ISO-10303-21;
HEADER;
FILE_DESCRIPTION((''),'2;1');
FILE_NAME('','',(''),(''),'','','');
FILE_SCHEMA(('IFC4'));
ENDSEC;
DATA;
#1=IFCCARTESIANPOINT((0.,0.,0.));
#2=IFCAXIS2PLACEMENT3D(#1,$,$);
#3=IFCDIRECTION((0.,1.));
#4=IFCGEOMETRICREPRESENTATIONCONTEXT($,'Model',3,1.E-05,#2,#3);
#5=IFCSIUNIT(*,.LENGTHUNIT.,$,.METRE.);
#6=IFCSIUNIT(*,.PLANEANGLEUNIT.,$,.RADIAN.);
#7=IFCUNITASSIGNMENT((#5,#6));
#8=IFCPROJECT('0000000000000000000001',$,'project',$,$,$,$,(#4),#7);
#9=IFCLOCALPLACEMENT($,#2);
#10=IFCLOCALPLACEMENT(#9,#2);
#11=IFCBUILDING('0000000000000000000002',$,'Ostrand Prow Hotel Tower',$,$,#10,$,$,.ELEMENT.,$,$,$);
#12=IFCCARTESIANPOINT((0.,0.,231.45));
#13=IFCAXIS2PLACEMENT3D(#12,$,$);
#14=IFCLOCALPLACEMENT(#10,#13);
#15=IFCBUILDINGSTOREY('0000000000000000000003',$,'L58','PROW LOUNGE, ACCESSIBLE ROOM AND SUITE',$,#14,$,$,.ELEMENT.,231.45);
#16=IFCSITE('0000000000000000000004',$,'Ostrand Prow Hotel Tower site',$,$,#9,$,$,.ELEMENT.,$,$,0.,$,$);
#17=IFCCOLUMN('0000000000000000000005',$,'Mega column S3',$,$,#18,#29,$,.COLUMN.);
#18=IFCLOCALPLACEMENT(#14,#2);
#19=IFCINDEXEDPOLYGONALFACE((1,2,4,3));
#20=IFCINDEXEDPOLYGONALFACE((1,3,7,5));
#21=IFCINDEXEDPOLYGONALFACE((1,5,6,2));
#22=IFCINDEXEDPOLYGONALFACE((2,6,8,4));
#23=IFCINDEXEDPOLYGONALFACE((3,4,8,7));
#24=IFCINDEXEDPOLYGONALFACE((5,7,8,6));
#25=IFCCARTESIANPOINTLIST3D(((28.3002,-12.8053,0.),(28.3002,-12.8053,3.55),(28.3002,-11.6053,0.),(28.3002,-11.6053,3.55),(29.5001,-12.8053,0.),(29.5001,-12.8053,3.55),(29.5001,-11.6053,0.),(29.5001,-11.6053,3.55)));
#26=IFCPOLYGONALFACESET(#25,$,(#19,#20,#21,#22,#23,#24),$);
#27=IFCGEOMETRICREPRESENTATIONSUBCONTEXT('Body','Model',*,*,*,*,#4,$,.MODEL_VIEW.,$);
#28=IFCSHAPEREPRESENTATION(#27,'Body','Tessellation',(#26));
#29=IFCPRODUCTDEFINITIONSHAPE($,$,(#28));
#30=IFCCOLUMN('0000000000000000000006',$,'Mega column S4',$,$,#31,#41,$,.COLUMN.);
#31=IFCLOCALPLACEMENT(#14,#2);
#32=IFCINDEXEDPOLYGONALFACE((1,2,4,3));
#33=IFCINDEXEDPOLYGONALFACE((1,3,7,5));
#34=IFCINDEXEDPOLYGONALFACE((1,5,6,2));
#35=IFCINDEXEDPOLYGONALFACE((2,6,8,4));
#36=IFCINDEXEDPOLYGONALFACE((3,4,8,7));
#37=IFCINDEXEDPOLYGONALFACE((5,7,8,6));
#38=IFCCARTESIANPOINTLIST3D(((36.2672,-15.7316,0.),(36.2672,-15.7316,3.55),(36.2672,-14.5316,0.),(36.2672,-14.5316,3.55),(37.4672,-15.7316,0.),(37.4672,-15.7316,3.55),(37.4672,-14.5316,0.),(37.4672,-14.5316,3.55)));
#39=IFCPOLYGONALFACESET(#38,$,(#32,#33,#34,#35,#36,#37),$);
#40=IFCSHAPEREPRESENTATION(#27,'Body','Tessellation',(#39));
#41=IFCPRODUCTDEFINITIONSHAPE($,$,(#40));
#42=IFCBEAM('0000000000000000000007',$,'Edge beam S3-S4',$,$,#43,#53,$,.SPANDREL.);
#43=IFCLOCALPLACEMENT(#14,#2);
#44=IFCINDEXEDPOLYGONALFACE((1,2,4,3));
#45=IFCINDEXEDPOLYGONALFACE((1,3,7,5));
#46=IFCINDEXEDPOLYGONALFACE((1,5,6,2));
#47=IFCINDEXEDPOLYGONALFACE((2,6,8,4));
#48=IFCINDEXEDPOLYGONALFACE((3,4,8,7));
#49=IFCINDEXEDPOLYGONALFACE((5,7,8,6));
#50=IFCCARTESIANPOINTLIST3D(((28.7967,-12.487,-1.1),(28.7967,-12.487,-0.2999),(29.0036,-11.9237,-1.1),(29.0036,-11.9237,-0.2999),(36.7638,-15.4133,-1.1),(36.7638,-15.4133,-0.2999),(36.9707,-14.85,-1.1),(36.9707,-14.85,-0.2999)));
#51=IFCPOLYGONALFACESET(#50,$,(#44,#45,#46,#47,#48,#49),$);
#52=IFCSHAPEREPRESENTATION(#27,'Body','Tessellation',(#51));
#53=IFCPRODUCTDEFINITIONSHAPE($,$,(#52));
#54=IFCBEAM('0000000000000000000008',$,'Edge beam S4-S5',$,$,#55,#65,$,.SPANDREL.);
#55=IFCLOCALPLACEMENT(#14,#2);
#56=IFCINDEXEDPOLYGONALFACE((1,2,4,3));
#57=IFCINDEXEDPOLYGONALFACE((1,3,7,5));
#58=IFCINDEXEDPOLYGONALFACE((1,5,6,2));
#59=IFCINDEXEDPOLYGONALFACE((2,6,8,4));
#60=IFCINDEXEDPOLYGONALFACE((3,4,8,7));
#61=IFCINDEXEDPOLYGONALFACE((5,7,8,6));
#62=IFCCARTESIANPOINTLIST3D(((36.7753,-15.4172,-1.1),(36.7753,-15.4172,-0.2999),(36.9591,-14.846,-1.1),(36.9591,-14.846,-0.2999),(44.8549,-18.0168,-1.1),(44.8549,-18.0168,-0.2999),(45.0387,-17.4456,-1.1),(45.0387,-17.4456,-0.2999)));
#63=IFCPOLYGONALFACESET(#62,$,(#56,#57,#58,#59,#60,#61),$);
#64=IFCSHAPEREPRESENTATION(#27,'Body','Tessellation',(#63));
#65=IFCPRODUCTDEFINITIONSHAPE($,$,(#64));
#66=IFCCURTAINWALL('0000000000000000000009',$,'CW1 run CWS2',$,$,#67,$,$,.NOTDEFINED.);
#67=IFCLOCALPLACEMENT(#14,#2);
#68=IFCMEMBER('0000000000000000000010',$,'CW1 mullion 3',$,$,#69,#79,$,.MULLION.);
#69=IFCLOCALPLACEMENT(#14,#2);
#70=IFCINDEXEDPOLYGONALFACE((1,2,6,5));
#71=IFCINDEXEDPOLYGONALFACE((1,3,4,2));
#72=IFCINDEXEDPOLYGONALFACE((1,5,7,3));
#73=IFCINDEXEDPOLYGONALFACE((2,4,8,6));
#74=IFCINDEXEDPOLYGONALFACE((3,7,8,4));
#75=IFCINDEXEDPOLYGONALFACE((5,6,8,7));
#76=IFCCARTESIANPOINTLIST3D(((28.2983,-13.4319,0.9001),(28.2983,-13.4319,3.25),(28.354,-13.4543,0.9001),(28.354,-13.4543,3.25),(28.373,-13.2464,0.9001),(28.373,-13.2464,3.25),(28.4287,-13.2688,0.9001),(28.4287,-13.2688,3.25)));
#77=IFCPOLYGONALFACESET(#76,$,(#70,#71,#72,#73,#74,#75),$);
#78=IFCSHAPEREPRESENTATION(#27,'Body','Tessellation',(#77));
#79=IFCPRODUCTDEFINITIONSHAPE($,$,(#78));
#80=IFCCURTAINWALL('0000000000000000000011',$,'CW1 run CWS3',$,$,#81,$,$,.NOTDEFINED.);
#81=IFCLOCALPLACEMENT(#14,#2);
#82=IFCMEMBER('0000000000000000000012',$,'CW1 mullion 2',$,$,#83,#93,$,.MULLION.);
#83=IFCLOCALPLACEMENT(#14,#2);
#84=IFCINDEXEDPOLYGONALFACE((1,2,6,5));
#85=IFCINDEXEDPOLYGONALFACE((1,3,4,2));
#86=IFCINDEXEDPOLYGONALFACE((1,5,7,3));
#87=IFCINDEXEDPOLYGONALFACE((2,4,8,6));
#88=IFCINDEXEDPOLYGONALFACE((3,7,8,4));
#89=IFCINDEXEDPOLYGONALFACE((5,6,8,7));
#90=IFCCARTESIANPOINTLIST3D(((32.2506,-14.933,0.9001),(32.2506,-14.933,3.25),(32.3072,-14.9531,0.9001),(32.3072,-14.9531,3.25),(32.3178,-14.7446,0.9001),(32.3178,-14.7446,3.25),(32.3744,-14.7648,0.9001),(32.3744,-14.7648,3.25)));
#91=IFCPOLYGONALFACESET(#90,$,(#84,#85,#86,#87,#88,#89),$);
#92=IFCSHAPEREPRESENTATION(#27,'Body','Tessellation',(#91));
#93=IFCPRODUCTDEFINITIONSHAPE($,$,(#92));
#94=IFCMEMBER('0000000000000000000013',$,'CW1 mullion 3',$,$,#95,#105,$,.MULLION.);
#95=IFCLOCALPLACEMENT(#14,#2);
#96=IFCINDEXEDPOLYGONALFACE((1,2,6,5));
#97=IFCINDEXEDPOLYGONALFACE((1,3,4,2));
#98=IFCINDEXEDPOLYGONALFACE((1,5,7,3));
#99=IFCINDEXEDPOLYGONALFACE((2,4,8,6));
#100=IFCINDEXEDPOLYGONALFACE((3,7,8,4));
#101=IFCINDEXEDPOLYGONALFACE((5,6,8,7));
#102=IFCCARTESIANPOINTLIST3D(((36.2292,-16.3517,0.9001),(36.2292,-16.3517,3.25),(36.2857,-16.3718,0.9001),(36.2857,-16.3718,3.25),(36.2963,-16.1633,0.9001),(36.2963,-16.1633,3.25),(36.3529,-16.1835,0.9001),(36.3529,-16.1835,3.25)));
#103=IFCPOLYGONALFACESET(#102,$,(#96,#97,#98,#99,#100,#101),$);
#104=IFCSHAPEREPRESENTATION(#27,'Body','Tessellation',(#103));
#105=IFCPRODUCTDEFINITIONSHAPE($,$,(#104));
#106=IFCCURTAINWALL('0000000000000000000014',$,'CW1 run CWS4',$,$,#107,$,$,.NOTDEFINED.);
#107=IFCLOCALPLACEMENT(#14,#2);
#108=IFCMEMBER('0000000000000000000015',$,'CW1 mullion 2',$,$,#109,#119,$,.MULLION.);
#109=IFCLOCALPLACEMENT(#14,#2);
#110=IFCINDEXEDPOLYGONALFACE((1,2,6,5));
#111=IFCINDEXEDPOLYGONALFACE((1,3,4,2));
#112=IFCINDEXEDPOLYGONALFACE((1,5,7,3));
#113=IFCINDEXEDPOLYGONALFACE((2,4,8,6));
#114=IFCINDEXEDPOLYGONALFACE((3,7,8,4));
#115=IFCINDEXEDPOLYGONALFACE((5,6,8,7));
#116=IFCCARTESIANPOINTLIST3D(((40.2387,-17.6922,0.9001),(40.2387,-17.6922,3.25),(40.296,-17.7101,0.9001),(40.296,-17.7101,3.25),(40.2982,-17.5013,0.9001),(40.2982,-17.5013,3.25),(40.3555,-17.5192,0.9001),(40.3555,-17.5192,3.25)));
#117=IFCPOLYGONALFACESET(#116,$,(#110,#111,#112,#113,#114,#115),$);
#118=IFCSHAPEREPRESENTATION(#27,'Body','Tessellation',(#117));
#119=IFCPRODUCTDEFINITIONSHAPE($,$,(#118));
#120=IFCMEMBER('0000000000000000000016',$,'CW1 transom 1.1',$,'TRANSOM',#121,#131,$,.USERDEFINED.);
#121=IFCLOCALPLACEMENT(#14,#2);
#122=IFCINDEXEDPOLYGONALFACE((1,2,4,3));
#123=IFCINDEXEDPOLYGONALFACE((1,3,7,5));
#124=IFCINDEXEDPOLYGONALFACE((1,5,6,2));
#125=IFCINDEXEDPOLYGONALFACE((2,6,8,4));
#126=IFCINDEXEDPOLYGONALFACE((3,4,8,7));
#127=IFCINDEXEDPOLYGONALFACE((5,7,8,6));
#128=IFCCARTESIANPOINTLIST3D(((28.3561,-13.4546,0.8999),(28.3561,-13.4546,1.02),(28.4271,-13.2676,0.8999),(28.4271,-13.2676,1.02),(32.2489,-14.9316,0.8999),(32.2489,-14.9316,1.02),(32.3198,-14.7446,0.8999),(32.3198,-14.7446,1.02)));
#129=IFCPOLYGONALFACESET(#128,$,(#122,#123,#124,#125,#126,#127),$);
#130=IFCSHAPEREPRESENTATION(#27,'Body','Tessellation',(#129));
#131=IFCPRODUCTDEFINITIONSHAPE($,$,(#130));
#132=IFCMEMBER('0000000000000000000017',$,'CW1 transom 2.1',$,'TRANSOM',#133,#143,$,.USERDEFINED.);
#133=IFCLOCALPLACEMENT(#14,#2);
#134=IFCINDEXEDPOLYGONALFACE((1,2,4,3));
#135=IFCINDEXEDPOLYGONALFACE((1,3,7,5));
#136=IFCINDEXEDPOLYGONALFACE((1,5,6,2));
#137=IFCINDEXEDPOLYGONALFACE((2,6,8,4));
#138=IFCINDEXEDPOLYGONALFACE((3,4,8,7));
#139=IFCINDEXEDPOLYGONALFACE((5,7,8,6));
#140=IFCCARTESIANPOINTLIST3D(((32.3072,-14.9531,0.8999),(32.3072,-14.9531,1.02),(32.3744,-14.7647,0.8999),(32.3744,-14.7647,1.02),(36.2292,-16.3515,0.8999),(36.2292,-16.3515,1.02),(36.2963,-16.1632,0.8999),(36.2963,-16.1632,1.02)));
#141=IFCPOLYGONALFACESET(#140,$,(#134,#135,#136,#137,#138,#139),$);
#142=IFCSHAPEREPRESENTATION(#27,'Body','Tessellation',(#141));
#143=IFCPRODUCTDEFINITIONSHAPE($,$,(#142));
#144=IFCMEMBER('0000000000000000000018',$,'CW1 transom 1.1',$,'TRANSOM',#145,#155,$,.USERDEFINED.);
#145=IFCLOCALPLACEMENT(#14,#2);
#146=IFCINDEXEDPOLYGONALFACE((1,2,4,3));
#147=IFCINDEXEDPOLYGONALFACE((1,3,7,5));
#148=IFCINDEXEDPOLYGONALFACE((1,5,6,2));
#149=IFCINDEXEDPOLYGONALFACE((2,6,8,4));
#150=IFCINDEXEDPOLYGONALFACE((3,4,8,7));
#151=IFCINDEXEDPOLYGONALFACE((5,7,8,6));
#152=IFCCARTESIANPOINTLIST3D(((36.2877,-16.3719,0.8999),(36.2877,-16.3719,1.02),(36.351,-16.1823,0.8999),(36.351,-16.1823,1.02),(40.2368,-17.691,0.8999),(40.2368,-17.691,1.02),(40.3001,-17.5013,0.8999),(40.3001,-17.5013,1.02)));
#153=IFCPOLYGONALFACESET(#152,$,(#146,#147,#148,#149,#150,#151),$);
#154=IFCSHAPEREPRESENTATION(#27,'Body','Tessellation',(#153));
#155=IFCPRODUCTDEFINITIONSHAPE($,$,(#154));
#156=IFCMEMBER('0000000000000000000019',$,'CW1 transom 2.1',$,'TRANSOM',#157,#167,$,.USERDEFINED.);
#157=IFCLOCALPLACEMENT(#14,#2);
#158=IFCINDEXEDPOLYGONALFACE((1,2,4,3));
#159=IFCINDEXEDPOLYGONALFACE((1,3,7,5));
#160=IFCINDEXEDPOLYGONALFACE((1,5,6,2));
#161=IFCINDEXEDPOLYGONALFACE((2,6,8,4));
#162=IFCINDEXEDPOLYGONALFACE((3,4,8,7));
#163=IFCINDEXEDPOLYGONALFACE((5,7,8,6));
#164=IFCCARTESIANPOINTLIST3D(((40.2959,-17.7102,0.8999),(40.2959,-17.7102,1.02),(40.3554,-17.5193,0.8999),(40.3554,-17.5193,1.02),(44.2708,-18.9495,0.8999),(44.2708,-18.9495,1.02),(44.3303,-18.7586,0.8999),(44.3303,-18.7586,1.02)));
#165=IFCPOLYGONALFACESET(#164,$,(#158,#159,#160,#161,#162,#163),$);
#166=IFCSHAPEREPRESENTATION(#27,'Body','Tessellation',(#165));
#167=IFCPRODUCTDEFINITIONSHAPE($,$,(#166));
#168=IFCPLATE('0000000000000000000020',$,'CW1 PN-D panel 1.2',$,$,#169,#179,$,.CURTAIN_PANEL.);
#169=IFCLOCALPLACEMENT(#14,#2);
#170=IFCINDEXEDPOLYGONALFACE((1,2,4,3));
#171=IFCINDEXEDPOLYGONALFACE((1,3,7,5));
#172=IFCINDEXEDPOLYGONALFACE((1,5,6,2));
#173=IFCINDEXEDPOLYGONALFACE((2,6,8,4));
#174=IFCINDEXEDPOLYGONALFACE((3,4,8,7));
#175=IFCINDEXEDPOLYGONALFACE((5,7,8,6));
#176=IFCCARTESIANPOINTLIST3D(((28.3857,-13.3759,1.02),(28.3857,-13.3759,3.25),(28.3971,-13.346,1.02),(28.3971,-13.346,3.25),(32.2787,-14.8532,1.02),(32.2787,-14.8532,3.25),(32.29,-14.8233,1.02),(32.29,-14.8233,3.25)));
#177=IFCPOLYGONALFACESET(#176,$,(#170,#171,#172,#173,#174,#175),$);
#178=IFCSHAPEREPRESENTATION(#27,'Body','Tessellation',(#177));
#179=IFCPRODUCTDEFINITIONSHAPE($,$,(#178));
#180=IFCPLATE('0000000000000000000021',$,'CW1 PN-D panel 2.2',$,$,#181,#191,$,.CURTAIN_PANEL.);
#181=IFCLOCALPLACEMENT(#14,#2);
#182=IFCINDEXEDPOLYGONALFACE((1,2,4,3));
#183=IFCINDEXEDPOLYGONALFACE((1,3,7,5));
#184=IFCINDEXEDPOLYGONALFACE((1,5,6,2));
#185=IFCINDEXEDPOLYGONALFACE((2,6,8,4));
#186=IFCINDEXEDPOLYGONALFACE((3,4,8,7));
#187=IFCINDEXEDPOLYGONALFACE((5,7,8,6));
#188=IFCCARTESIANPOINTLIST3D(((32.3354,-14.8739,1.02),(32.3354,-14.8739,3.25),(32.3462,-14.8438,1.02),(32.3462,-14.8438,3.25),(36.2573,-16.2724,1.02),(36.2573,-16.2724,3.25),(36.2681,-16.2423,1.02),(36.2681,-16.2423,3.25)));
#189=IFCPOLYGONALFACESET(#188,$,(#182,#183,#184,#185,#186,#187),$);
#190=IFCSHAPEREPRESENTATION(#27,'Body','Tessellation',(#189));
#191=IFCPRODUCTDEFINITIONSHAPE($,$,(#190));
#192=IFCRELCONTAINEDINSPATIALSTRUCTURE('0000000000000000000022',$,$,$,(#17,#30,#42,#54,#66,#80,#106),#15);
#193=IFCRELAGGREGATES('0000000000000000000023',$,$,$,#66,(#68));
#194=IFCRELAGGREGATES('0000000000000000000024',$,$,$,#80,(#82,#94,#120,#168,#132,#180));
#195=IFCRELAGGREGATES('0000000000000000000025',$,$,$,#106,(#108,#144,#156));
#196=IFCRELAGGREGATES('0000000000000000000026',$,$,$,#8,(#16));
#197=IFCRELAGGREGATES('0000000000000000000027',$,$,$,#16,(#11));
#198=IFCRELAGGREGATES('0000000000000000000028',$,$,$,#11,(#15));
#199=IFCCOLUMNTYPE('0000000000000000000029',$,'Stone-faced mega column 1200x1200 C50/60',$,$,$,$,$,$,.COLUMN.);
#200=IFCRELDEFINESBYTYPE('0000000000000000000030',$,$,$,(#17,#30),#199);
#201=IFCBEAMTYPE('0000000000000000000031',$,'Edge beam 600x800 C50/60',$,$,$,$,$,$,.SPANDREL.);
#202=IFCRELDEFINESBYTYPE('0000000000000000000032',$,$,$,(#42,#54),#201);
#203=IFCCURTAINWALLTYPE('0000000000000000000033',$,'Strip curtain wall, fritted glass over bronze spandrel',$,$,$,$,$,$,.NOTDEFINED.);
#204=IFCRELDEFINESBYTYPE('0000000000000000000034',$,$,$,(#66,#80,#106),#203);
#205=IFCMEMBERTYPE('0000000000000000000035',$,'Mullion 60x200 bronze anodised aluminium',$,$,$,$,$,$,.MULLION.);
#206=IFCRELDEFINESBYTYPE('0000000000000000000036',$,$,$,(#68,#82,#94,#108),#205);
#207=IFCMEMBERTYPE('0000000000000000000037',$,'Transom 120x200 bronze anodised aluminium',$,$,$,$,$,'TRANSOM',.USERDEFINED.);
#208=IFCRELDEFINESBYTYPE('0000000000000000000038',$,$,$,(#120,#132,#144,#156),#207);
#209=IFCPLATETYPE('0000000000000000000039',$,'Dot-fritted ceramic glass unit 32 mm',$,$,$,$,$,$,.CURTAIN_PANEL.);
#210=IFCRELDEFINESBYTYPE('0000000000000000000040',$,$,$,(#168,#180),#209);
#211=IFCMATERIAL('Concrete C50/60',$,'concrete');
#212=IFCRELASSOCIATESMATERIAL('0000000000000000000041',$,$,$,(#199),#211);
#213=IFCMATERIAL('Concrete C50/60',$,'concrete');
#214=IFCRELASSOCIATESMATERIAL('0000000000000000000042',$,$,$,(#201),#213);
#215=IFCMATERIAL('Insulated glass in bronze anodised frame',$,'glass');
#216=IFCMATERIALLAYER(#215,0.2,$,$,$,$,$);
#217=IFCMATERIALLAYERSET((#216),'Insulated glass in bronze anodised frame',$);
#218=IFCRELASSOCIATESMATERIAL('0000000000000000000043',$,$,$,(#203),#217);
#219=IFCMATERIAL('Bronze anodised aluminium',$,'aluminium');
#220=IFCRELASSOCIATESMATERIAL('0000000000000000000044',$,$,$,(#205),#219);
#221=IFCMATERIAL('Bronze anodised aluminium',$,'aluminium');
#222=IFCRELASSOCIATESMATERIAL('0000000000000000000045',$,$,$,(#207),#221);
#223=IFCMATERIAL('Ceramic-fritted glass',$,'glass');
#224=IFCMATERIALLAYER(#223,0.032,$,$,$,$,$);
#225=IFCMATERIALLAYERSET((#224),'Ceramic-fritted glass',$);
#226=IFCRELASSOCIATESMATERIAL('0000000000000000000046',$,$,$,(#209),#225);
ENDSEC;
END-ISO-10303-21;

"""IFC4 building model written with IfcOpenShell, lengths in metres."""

from ifc_helpers import new_model, si_unit, direction, frame, origin, origin_2d, place, context, subcontext, project, spatial, rectangle, extrude, material, layer, layer_set, material_profile, profile_set, type_object, element, aggregate, save


model = new_model("IFC4")

# Units and contexts
model_context = context("Model", 3, precision=1e-05, world=origin(), true_north=direction((0.0, 1.0)))
body_context = subcontext(model_context, "Body", "Model", "MODEL_VIEW")
ifc_project = project(units=[si_unit("LENGTHUNIT", "METRE"), si_unit("PLANEANGLEUNIT", "RADIAN")], contexts=[model_context])

# Site, building, storey
site_placement = place(None, origin())
site = spatial("IfcSite", under=ifc_project, at=site_placement, Name="Ostrand Prow Hotel Tower site", CompositionType="ELEMENT", RefElevation=0.0)
building_placement = place(site_placement, origin())
building = spatial("IfcBuilding", under=site, at=building_placement, Name="Ostrand Prow Hotel Tower", CompositionType="ELEMENT")
storey_placement = place(building_placement, frame((0.0, 0.0, 231.45)))
storey = spatial("IfcBuildingStorey", under=building, at=storey_placement, Name="L58", Description="PROW LOUNGE, ACCESSIBLE ROOM AND SUITE", CompositionType="ELEMENT", Elevation=231.45)

# Columns
ifc_material_1 = material(Name="Concrete C50/60", Category="concrete")
ifc_material_profile_1 = material_profile(ifc_material_1, rectangle(XDim=1.2, YDim=1.2, at=origin_2d()), Name="RC 1200x1200")
ifc_profile_set_1 = profile_set([ifc_material_profile_1], Name="Concrete C50/60")
column_type = type_object("IfcColumnType", Name="Stone-faced mega column 1200x1200 C50/60", PredefinedType="COLUMN", material=ifc_profile_set_1)
for number, where, z_axis, x_axis, name in (
    (1, (28.9001, -12.2053, 0.0), (0.0, 0.0, 1.0), (1.0, 0.0, 0.0), "Mega column S3"),
    (2, (36.8672, -15.1316, 0.0), (0.0, 0.0, 1.0), (1.0, 0.0, 0.0), "Mega column S4"),
):
    element("IfcColumn", number, at=place(storey_placement, frame(where, z_axis=z_axis, x_axis=x_axis)), inside=storey, type_object=column_type, Name=name, PredefinedType="COLUMN", context=body_context, shape_type="SweptSolid", body=[
        extrude(rectangle(XDim=1.2, YDim=1.2, at=origin_2d()), origin(), (0.0, 0.0, 1.0), 3.55),
    ])

# Beams
ifc_material_2 = material(Name="Concrete C50/60", Category="concrete")
ifc_material_profile_2 = material_profile(ifc_material_2, rectangle(XDim=0.6001, YDim=0.8, at=origin_2d()), Name="RC 600x800")
ifc_profile_set_2 = profile_set([ifc_material_profile_2], Name="Concrete C50/60")
beam_type = type_object("IfcBeamType", Name="Edge beam 600x800 C50/60", PredefinedType="SPANDREL", material=ifc_profile_set_2)
for number, where, z_axis, x_axis, name in (
    (3, (28.9001, -12.2053, -0.7), (0.938685, -0.344776, 0.0), (0.344776, 0.938685, 0.0), "Edge beam S3-S4"),
    (4, (36.8672, -15.1316, -0.7), (0.951939, -0.306287, 0.0), (0.306287, 0.951939, 0.0), "Edge beam S4-S5"),
):
    element("IfcBeam", number, at=place(storey_placement, frame(where, z_axis=z_axis, x_axis=x_axis)), inside=storey, type_object=beam_type, Name=name, PredefinedType="SPANDREL", context=body_context, shape_type="SweptSolid", body=[
        extrude(rectangle(XDim=0.6001, YDim=0.8, at=origin_2d()), origin(), (0.0, 0.0, 1.0), 8.4875),
    ])

# Curtain wall, member
ifc_material_3 = material(Name="Insulated glass in bronze anodised frame", Category="glass")
ifc_layer_1 = layer(ifc_material_3, 0.2)
ifc_layer_set_1 = layer_set([ifc_layer_1], Name="Insulated glass in bronze anodised frame")
curtain_wall_type = type_object("IfcCurtainWallType", Name="Strip curtain wall, fritted glass over bronze spandrel", PredefinedType="NOTDEFINED", material=ifc_layer_set_1)
curtain_wall_1_placement = place(storey_placement, origin())
curtain_wall_1 = element("IfcCurtainWall", 5, at=curtain_wall_1_placement, inside=storey, type_object=curtain_wall_type, Name="CW1 run CWS2", PredefinedType="NOTDEFINED")
ifc_material_4 = material(Name="Bronze anodised aluminium", Category="aluminium")
ifc_material_profile_3 = material_profile(ifc_material_4, rectangle(XDim=0.2, YDim=0.0601, at=origin_2d()), Name="Mullion 60x200 bronze anodised aluminium")
ifc_profile_set_3 = profile_set([ifc_material_profile_3], Name="Bronze anodised aluminium")
member_type_1 = type_object("IfcMemberType", Name="Mullion 60x200 bronze anodised aluminium", PredefinedType="MULLION", material=ifc_profile_set_3)
member_1_placement = place(storey_placement, frame((28.3635, -13.3503, 0.9001), z_axis=(0.0, 0.0, 1.0), x_axis=(0.373533, 0.927617, 0.0)))
member_1 = element("IfcMember", 6, at=member_1_placement, type_object=member_type_1, Name="CW1 mullion 3", PredefinedType="MULLION", context=body_context, shape_type="SweptSolid", body=[
    extrude(rectangle(XDim=0.2, YDim=0.0601, at=origin_2d()), origin(), (0.0, 0.0, 1.0), 2.3499),
])
aggregate(curtain_wall_1, [member_1])

# Curtain wall, members
curtain_wall_2_placement = place(storey_placement, origin())
curtain_wall_2 = element("IfcCurtainWall", 7, at=curtain_wall_2_placement, inside=storey, type_object=curtain_wall_type, Name="CW1 run CWS3", PredefinedType="NOTDEFINED")
member_2_placement = place(storey_placement, frame((32.3125, -14.8489, 0.9001), z_axis=(0.0, 0.0, 1.0), x_axis=(0.335877, 0.941906, 0.0)))
member_2 = element("IfcMember", 8, at=member_2_placement, type_object=member_type_1, Name="CW1 mullion 2", PredefinedType="MULLION", context=body_context, shape_type="SweptSolid", body=[
    extrude(rectangle(XDim=0.2, YDim=0.0601, at=origin_2d()), origin(), (0.0, 0.0, 1.0), 2.3499),
])
member_3_placement = place(storey_placement, frame((36.291, -16.2676, 0.9001), z_axis=(0.0, 0.0, 1.0), x_axis=(0.335877, 0.941906, 0.0)))
member_3 = element("IfcMember", 9, at=member_3_placement, type_object=member_type_1, Name="CW1 mullion 3", PredefinedType="MULLION", context=body_context, shape_type="SweptSolid", body=[
    extrude(rectangle(XDim=0.2, YDim=0.0601, at=origin_2d()), origin(), (0.0, 0.0, 1.0), 2.3499),
])

# Curtain wall, member
curtain_wall_3_placement = place(storey_placement, origin())
curtain_wall_3 = element("IfcCurtainWall", 10, at=curtain_wall_3_placement, inside=storey, type_object=curtain_wall_type, Name="CW1 run CWS4", PredefinedType="NOTDEFINED")
member_4_placement = place(storey_placement, frame((40.2971, -17.6057, 0.9001), z_axis=(0.0, 0.0, 1.0), x_axis=(0.297678, 0.954666, 0.0)))
member_4 = element("IfcMember", 11, at=member_4_placement, type_object=member_type_1, Name="CW1 mullion 2", PredefinedType="MULLION", context=body_context, shape_type="SweptSolid", body=[
    extrude(rectangle(XDim=0.2, YDim=0.0601, at=origin_2d()), origin(), (0.0, 0.0, 1.0), 2.3499),
])

# Members
ifc_material_5 = material(Name="Bronze anodised aluminium", Category="aluminium")
ifc_material_profile_4 = material_profile(ifc_material_5, rectangle(XDim=0.2, YDim=0.1201, at=origin_2d()), Name="Transom 120x200 bronze anodised aluminium")
ifc_profile_set_4 = profile_set([ifc_material_profile_4], Name="Bronze anodised aluminium")
member_type_2 = type_object("IfcMemberType", Name="Transom 120x200 bronze anodised aluminium", ElementType="TRANSOM", PredefinedType="USERDEFINED", material=ifc_profile_set_4)
member_5_placement = place(storey_placement, frame((28.3916, -13.3611, 0.96), z_axis=(0.934961, -0.354751, 0.0), x_axis=(0.354751, 0.934961, 0.0)))
member_5 = element("IfcMember", 12, at=member_5_placement, type_object=member_type_2, Name="CW1 transom 1.1", ObjectType="TRANSOM", PredefinedType="USERDEFINED", context=body_context, shape_type="SweptSolid", body=[
    extrude(rectangle(XDim=0.2, YDim=0.1201, at=origin_2d()), origin(), (0.0, 0.0, 1.0), 4.1636),
])
member_6_placement = place(storey_placement, frame((32.3408, -14.8589, 0.96), z_axis=(0.941912, -0.335861, 0.0), x_axis=(0.335861, 0.941912, 0.0)))
member_6 = element("IfcMember", 13, at=member_6_placement, type_object=member_type_2, Name="CW1 transom 2.1", ObjectType="TRANSOM", PredefinedType="USERDEFINED", context=body_context, shape_type="SweptSolid", body=[
    extrude(rectangle(XDim=0.2, YDim=0.1201, at=origin_2d()), origin(), (0.0, 0.0, 1.0), 4.1638),
])
member_7_placement = place(storey_placement, frame((36.3193, -16.2771, 0.96), z_axis=(0.94849, -0.316808, 0.0), x_axis=(0.316808, 0.94849, 0.0)))
member_7 = element("IfcMember", 14, at=member_7_placement, type_object=member_type_2, Name="CW1 transom 1.1", ObjectType="TRANSOM", PredefinedType="USERDEFINED", context=body_context, shape_type="SweptSolid", body=[
    extrude(rectangle(XDim=0.2, YDim=0.1201, at=origin_2d()), origin(), (0.0, 0.0, 1.0), 4.1636),
])
member_8_placement = place(storey_placement, frame((40.3257, -17.6147, 0.96), z_axis=(0.954677, -0.297644, 0.0), x_axis=(0.297644, 0.954677, 0.0)))
member_8 = element("IfcMember", 15, at=member_8_placement, type_object=member_type_2, Name="CW1 transom 2.1", ObjectType="TRANSOM", PredefinedType="USERDEFINED", context=body_context, shape_type="SweptSolid", body=[
    extrude(rectangle(XDim=0.2, YDim=0.1201, at=origin_2d()), origin(), (0.0, 0.0, 1.0), 4.1636),
])

# Plates
ifc_material_6 = material(Name="Ceramic-fritted glass", Category="glass")
ifc_layer_2 = layer(ifc_material_6, 0.032)
ifc_layer_set_2 = layer_set([ifc_layer_2], Name="Ceramic-fritted glass")
plate_type_1 = type_object("IfcPlateType", Name="Dot-fritted ceramic glass unit 32 mm", PredefinedType="CURTAIN_PANEL", material=ifc_layer_set_2)
plate_1_placement = place(storey_placement, frame((30.3379, -14.0996, 1.02), z_axis=(0.0, 0.0, 1.0), x_axis=(0.934951, -0.354777, 0.0)))
plate_1 = element("IfcPlate", 16, at=plate_1_placement, type_object=plate_type_1, Name="CW1 PN-D panel 1.2", PredefinedType="CURTAIN_PANEL", context=body_context, shape_type="SweptSolid", body=[
    extrude(rectangle(XDim=4.1638, YDim=0.032, at=origin_2d()), origin(), (0.0, 0.0, 1.0), 2.23),
])
plate_2_placement = place(storey_placement, frame((34.3018, -15.5581, 1.02), z_axis=(0.0, 0.0, 1.0), x_axis=(0.941906, -0.335877, 0.0)))
plate_2 = element("IfcPlate", 17, at=plate_2_placement, type_object=plate_type_1, Name="CW1 PN-D panel 2.2", PredefinedType="CURTAIN_PANEL", context=body_context, shape_type="SweptSolid", body=[
    extrude(rectangle(XDim=4.1638, YDim=0.032, at=origin_2d()), origin(), (0.0, 0.0, 1.0), 2.23),
])
aggregate(curtain_wall_2, [member_2, member_3, member_5, plate_1, member_6, plate_2])
aggregate(curtain_wall_3, [member_4, member_7, member_8])

save(model, "model.ifc")
